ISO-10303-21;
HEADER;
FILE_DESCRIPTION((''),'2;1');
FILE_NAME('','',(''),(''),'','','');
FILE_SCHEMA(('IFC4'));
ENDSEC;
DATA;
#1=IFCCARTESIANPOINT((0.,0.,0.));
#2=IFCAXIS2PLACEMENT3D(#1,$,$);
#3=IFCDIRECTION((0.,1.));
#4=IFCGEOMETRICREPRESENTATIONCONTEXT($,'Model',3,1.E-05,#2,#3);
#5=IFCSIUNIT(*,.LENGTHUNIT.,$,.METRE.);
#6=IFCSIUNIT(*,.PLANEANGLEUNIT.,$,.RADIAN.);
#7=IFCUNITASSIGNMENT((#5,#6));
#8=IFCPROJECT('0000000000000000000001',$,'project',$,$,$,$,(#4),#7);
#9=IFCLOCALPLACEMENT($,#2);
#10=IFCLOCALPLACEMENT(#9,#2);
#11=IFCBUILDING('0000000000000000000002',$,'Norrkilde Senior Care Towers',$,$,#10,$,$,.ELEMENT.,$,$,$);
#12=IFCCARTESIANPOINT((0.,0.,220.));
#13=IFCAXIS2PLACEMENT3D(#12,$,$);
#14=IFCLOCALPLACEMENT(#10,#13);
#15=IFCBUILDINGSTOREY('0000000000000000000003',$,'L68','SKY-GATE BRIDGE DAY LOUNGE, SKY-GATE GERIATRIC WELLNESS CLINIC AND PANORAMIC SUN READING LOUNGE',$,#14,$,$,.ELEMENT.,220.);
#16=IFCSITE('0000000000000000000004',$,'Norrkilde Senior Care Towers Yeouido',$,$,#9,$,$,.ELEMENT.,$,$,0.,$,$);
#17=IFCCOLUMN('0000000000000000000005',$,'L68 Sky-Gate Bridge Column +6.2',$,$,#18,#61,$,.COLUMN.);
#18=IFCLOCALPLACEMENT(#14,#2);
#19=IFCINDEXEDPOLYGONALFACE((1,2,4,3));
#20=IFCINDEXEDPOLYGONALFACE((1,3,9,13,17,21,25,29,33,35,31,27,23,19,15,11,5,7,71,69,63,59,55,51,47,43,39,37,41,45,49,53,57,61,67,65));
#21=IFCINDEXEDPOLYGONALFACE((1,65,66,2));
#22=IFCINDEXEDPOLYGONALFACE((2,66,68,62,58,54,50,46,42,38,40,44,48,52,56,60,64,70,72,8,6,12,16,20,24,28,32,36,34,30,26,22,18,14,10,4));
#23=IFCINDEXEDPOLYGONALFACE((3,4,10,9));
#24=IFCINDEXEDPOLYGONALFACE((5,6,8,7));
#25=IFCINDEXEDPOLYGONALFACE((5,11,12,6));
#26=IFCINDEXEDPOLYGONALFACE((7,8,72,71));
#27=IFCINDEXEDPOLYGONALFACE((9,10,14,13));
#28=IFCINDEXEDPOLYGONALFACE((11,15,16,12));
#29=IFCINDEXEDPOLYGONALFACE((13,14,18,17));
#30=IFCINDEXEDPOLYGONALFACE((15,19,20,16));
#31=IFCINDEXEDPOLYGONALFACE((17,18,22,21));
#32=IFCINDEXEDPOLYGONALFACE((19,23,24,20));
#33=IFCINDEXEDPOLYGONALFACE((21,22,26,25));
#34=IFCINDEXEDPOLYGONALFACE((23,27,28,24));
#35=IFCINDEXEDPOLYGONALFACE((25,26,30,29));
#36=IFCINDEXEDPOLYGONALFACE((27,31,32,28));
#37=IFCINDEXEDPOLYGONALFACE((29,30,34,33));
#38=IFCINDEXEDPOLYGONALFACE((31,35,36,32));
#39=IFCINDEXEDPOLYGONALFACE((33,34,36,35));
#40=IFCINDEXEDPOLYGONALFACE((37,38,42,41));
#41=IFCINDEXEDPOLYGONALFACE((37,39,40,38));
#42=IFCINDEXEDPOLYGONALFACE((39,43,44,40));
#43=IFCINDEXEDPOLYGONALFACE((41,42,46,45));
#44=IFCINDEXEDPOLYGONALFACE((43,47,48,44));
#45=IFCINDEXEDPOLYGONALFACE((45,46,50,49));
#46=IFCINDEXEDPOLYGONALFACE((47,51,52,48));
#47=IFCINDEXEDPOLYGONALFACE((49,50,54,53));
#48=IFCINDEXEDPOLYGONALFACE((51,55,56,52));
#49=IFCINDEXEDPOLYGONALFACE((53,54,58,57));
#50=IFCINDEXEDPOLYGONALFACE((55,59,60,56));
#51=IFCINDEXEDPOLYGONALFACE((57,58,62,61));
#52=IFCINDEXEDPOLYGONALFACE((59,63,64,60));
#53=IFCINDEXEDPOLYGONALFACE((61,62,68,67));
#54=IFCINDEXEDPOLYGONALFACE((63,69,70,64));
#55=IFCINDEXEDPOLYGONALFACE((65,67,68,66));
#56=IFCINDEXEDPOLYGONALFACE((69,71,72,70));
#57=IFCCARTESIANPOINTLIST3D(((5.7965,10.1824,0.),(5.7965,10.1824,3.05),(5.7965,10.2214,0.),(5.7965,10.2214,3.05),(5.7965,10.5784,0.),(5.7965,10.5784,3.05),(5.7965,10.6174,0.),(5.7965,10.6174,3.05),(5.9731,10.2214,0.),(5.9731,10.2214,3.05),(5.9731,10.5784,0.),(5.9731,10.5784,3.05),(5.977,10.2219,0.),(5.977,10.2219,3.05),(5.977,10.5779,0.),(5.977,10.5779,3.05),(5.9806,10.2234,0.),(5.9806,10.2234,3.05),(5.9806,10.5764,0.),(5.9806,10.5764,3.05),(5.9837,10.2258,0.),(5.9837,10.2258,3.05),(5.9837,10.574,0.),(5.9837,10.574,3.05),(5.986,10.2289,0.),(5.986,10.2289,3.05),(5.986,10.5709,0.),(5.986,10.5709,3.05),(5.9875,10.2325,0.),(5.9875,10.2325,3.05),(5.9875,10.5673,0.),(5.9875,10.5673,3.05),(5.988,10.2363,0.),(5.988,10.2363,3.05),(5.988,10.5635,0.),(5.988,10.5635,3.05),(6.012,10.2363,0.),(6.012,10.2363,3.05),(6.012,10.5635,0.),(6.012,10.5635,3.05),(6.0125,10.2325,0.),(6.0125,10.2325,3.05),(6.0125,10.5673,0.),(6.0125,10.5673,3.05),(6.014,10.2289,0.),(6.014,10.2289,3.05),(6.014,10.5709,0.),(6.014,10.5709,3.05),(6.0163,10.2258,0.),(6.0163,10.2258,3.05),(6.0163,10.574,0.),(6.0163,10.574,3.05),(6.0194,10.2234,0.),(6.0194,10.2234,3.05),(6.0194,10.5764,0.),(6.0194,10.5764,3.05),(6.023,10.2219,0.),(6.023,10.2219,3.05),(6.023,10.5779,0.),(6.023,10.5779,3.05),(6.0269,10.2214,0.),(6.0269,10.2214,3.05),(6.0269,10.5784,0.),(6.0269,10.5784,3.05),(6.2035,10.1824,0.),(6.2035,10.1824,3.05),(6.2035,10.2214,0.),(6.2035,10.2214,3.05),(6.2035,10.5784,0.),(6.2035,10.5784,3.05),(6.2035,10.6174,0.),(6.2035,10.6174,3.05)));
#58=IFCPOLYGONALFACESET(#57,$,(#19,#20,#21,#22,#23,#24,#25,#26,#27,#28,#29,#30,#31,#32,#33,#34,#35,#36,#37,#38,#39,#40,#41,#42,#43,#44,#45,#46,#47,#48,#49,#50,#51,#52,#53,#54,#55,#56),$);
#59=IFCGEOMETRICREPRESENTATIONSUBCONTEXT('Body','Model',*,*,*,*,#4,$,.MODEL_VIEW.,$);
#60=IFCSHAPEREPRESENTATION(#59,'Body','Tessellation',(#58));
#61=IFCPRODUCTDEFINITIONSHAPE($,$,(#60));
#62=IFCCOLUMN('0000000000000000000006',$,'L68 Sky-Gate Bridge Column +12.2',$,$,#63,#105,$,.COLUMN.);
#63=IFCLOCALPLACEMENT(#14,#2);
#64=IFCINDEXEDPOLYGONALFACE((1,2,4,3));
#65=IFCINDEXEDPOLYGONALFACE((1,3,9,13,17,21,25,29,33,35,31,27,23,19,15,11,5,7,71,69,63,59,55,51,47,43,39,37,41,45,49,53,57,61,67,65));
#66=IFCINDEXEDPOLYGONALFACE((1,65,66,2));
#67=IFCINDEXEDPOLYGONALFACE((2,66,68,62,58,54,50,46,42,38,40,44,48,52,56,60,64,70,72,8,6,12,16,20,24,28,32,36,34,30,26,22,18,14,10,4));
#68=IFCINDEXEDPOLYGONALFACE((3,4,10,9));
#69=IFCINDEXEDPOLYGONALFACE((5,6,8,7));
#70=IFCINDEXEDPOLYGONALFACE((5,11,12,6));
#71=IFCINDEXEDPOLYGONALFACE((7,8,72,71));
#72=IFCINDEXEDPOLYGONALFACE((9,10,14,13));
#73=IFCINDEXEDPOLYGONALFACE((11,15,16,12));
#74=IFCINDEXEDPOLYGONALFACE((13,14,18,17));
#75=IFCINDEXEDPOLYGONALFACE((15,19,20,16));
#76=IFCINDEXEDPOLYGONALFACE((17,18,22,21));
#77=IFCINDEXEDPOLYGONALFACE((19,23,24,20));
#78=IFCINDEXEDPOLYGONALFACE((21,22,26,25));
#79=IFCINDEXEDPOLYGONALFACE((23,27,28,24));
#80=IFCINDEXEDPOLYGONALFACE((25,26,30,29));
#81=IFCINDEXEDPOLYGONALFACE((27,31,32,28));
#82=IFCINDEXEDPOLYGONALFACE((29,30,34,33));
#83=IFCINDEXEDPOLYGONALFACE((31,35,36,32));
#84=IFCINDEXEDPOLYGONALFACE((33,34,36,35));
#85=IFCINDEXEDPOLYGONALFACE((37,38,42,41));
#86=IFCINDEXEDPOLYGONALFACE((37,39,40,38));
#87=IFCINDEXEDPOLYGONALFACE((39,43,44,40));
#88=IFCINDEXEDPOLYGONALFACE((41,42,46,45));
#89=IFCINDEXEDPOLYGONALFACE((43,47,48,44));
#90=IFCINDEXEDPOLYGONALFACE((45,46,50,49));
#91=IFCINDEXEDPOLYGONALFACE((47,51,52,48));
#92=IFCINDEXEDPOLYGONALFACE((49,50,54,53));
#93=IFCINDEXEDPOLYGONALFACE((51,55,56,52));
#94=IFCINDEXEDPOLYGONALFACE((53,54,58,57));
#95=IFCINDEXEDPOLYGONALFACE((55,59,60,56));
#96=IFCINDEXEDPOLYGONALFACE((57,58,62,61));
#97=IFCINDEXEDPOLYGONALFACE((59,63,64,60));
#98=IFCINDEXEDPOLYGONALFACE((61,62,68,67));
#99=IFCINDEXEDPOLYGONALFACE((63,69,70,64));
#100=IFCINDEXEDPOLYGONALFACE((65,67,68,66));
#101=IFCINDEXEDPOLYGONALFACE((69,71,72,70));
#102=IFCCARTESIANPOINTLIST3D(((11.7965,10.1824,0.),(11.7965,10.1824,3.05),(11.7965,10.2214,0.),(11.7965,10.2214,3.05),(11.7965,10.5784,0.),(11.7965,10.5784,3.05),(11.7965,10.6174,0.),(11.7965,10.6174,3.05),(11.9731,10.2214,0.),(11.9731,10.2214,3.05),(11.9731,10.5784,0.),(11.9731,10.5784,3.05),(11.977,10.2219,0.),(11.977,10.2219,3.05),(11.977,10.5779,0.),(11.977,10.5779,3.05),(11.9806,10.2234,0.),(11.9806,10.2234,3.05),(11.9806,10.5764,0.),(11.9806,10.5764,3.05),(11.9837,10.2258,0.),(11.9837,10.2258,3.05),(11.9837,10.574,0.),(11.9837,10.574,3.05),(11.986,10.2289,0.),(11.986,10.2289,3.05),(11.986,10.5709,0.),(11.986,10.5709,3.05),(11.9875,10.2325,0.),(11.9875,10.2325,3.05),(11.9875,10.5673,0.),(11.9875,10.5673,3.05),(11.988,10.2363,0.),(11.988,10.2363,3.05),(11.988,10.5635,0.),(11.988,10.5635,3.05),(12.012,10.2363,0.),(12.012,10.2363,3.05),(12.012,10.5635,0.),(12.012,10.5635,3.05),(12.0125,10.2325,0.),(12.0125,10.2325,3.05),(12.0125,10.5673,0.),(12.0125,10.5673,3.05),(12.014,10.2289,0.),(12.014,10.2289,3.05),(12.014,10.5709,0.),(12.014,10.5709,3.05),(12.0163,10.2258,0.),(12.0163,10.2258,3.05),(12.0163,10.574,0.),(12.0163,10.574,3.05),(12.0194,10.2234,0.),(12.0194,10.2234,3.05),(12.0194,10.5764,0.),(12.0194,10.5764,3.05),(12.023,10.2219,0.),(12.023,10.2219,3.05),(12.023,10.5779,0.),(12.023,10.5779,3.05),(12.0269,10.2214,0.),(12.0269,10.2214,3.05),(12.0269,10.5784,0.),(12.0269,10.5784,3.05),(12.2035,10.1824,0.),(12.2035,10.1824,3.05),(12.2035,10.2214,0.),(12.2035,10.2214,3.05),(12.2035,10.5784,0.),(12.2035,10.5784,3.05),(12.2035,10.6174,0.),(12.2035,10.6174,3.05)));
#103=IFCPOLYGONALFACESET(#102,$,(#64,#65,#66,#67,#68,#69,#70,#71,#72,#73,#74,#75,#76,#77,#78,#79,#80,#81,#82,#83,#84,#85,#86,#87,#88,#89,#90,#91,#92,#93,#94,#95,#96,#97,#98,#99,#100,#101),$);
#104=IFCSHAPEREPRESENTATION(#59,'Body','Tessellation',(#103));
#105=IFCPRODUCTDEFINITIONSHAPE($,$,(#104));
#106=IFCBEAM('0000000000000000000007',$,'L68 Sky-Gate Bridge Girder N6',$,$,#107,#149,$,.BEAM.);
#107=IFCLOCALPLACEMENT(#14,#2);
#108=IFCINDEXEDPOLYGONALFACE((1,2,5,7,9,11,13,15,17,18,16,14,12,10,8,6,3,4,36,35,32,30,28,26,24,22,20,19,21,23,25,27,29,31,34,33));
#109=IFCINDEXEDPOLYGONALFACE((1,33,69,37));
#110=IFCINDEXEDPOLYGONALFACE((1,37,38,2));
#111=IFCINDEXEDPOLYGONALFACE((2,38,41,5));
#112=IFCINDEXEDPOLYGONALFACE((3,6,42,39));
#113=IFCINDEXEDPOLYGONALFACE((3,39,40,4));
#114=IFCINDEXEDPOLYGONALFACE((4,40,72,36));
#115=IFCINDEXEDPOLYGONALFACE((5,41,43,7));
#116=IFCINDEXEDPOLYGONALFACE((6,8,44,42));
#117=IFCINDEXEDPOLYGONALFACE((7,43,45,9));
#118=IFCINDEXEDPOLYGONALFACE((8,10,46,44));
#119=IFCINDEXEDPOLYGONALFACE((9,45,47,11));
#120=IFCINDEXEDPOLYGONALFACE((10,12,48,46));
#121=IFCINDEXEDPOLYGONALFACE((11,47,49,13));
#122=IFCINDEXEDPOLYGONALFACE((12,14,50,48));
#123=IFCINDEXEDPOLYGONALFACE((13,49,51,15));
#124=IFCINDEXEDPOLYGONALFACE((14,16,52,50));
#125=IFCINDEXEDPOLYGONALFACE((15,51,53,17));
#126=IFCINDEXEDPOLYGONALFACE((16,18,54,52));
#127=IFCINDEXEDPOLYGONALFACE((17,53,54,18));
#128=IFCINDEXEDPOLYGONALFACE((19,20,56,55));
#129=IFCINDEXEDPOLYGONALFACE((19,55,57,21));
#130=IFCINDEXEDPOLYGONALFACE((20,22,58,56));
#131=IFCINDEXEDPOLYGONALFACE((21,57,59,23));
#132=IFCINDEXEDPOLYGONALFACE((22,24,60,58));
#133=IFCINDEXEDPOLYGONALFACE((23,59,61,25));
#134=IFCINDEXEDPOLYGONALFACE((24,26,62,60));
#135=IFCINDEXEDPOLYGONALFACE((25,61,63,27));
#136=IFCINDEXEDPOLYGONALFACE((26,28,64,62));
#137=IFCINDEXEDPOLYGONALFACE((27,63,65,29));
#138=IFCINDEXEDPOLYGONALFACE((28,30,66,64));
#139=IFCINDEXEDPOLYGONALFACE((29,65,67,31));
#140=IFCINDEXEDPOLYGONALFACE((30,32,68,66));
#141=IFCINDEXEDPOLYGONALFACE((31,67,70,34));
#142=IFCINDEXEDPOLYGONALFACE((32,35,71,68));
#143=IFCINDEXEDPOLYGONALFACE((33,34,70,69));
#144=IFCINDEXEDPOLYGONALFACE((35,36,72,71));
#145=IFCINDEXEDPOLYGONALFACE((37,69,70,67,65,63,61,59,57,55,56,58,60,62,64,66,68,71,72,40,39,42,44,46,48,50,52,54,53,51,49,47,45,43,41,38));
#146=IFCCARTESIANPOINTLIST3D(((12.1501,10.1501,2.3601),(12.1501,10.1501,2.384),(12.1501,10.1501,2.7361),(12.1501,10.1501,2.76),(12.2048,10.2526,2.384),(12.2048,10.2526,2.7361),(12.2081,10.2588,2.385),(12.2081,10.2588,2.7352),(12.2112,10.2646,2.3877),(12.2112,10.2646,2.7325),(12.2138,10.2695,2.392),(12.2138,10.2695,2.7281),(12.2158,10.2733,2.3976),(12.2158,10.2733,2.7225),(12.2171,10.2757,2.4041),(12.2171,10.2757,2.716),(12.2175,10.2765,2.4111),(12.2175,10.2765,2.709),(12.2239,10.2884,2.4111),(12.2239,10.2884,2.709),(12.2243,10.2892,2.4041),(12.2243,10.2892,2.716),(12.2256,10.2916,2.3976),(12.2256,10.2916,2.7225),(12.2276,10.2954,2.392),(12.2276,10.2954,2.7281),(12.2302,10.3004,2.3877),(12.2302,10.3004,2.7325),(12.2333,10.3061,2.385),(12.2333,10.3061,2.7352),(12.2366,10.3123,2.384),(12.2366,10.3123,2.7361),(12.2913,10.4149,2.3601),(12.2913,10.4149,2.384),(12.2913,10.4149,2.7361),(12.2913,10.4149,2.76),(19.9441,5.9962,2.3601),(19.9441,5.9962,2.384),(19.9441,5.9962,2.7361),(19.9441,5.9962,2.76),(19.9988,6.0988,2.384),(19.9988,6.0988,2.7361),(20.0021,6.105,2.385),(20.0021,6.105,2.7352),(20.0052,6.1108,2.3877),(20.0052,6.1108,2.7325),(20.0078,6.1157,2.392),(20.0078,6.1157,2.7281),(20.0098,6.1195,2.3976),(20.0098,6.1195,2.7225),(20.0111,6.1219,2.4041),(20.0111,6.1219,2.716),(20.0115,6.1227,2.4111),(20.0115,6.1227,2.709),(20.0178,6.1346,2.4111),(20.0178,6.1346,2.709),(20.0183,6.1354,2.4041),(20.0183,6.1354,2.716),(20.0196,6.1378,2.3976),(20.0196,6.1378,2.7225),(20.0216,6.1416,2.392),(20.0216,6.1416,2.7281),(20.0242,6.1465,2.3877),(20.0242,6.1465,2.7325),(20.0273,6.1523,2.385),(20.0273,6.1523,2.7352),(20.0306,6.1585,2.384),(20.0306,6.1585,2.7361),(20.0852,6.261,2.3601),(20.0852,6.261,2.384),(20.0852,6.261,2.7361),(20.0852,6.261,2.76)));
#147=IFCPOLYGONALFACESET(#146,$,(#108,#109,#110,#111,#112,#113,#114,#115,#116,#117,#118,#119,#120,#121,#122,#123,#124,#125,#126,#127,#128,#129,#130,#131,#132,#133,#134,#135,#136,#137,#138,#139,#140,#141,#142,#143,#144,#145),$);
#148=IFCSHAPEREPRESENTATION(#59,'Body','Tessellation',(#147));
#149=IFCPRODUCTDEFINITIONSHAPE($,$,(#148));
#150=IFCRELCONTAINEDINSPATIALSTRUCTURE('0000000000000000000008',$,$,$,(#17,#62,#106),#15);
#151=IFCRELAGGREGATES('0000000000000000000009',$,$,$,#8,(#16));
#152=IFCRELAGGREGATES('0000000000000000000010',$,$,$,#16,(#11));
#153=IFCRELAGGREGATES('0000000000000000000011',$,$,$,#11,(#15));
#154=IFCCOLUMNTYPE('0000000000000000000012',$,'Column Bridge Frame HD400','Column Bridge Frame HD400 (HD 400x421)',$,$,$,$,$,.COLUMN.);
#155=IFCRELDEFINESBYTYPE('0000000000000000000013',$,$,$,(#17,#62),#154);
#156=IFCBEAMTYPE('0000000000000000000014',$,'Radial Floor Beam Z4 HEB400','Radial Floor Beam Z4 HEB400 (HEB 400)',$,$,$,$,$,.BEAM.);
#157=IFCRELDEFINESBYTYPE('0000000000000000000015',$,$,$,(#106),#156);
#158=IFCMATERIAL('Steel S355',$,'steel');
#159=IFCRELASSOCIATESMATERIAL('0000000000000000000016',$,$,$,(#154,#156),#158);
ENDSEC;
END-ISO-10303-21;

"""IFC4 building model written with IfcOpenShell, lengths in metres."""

from ifc_helpers import new_model, si_unit, direction, frame, origin, origin_2d, place, context, subcontext, project, spatial, i_section, extrude, source, transform, mapped, material, material_profile, profile_set, type_object, type_shapes, element, save


model = new_model("IFC4")

# Units and contexts
model_context = context("Model", 3, precision=1e-05, world=origin(), true_north=direction((0.0, 1.0)))
body_context = subcontext(model_context, "Body", "Model", "MODEL_VIEW")
ifc_project = project(units=[si_unit("LENGTHUNIT", "METRE"), si_unit("PLANEANGLEUNIT", "RADIAN")], contexts=[model_context])

# Site, building, storey
site_placement = place(None, origin())
site = spatial("IfcSite", under=ifc_project, at=site_placement, Name="Norrkilde Senior Care Towers Yeouido", CompositionType="ELEMENT", RefElevation=0.0)
building_placement = place(site_placement, origin())
building = spatial("IfcBuilding", under=site, at=building_placement, Name="Norrkilde Senior Care Towers", CompositionType="ELEMENT")
storey_placement = place(building_placement, frame((0.0, 0.0, 220.0)))
storey = spatial("IfcBuildingStorey", under=building, at=storey_placement, Name="L68", Description="SKY-GATE BRIDGE DAY LOUNGE, SKY-GATE GERIATRIC WELLNESS CLINIC AND PANORAMIC SUN READING LOUNGE", CompositionType="ELEMENT", Elevation=220.0)

# Columns
ifc_material_1 = material(Name="Steel S355", Category="steel")
ifc_material_profile_1 = material_profile(ifc_material_1, i_section(OverallWidth=0.407, OverallDepth=0.4351, WebThickness=0.0239, FlangeThickness=0.0391, FilletRadius=0.0149, at=origin_2d()), Name="HD 400x421")
ifc_profile_set_1 = profile_set([ifc_material_profile_1], Name="Steel S355")
column_type = type_object("IfcColumnType", Name="Column Bridge Frame HD400", Description="Column Bridge Frame HD400 (HD 400x421)", PredefinedType="COLUMN", material=ifc_profile_set_1)
shared_shape_1 = source(origin(), body_context, "Body", "SweptSolid", [
    extrude(i_section(OverallWidth=0.407, OverallDepth=0.4351, WebThickness=0.0239, FlangeThickness=0.0391, FilletRadius=0.0149, at=origin_2d()), origin(), (0.0, 0.0, 1.0), 3.05),
])
type_shapes(column_type, [shared_shape_1])
for number, where, z_axis, x_axis, name in (
    (1, (6.0, 10.3999, 0.0), (0.0, 0.0, 1.0), (1.0, 0.0, 0.0), "L68 Sky-Gate Bridge Column +6.2"),
    (2, (12.0, 10.3999, 0.0), (0.0, 0.0, 1.0), (1.0, 0.0, 0.0), "L68 Sky-Gate Bridge Column +12.2"),
):
    element("IfcColumn", number, at=place(storey_placement, frame(where, z_axis=z_axis, x_axis=x_axis)), inside=storey, type_object=column_type, Name=name, PredefinedType="COLUMN", context=body_context, shape_type="MappedRepresentation", body=[
        mapped(shared_shape_1, transform((0.0, 0.0, 0.0), x_axis=(1.0, 0.0, 0.0), y_axis=(0.0, 1.0, 0.0), z_axis=(0.0, 0.0, 1.0), scale=1.0)),
    ])

# Beam
ifc_material_profile_2 = material_profile(ifc_material_1, i_section(OverallWidth=0.3, OverallDepth=0.3999, WebThickness=0.0134, FlangeThickness=0.0239, FilletRadius=0.0271, at=origin_2d()), Name="HEB 400")
ifc_profile_set_2 = profile_set([ifc_material_profile_2], Name="Steel S355")
beam_type_1 = type_object("IfcBeamType", Name="Radial Floor Beam Z4 HEB400", Description="Radial Floor Beam Z4 HEB400 (HEB 400)", PredefinedType="BEAM", material=ifc_profile_set_2)
shared_shape_2 = source(origin(), body_context, "Body", "SweptSolid", [
    extrude(i_section(OverallWidth=0.3, OverallDepth=0.3999, WebThickness=0.0134, FlangeThickness=0.0239, FilletRadius=0.0271, at=origin_2d()), origin(), (0.0, 0.0, 1.0), 8.8318),
])
type_shapes(beam_type_1, [shared_shape_2])
beam_placement = place(storey_placement, frame((12.2207, 10.2825, 2.5601), z_axis=(0.882492, -0.470327, 0.0), x_axis=(0.470327, 0.882492, 0.0)))
element("IfcBeam", 3, at=beam_placement, inside=storey, type_object=beam_type_1, Name="L68 Sky-Gate Bridge Girder N6", PredefinedType="BEAM", context=body_context, shape_type="MappedRepresentation", body=[
    mapped(shared_shape_2, transform((0.0, 0.0, 0.0), x_axis=(1.0, 0.0, 0.0), y_axis=(0.0, 1.0, 0.0), z_axis=(0.0, 0.0, 1.0), scale=1.0)),
])

save(model, "model.ifc")
